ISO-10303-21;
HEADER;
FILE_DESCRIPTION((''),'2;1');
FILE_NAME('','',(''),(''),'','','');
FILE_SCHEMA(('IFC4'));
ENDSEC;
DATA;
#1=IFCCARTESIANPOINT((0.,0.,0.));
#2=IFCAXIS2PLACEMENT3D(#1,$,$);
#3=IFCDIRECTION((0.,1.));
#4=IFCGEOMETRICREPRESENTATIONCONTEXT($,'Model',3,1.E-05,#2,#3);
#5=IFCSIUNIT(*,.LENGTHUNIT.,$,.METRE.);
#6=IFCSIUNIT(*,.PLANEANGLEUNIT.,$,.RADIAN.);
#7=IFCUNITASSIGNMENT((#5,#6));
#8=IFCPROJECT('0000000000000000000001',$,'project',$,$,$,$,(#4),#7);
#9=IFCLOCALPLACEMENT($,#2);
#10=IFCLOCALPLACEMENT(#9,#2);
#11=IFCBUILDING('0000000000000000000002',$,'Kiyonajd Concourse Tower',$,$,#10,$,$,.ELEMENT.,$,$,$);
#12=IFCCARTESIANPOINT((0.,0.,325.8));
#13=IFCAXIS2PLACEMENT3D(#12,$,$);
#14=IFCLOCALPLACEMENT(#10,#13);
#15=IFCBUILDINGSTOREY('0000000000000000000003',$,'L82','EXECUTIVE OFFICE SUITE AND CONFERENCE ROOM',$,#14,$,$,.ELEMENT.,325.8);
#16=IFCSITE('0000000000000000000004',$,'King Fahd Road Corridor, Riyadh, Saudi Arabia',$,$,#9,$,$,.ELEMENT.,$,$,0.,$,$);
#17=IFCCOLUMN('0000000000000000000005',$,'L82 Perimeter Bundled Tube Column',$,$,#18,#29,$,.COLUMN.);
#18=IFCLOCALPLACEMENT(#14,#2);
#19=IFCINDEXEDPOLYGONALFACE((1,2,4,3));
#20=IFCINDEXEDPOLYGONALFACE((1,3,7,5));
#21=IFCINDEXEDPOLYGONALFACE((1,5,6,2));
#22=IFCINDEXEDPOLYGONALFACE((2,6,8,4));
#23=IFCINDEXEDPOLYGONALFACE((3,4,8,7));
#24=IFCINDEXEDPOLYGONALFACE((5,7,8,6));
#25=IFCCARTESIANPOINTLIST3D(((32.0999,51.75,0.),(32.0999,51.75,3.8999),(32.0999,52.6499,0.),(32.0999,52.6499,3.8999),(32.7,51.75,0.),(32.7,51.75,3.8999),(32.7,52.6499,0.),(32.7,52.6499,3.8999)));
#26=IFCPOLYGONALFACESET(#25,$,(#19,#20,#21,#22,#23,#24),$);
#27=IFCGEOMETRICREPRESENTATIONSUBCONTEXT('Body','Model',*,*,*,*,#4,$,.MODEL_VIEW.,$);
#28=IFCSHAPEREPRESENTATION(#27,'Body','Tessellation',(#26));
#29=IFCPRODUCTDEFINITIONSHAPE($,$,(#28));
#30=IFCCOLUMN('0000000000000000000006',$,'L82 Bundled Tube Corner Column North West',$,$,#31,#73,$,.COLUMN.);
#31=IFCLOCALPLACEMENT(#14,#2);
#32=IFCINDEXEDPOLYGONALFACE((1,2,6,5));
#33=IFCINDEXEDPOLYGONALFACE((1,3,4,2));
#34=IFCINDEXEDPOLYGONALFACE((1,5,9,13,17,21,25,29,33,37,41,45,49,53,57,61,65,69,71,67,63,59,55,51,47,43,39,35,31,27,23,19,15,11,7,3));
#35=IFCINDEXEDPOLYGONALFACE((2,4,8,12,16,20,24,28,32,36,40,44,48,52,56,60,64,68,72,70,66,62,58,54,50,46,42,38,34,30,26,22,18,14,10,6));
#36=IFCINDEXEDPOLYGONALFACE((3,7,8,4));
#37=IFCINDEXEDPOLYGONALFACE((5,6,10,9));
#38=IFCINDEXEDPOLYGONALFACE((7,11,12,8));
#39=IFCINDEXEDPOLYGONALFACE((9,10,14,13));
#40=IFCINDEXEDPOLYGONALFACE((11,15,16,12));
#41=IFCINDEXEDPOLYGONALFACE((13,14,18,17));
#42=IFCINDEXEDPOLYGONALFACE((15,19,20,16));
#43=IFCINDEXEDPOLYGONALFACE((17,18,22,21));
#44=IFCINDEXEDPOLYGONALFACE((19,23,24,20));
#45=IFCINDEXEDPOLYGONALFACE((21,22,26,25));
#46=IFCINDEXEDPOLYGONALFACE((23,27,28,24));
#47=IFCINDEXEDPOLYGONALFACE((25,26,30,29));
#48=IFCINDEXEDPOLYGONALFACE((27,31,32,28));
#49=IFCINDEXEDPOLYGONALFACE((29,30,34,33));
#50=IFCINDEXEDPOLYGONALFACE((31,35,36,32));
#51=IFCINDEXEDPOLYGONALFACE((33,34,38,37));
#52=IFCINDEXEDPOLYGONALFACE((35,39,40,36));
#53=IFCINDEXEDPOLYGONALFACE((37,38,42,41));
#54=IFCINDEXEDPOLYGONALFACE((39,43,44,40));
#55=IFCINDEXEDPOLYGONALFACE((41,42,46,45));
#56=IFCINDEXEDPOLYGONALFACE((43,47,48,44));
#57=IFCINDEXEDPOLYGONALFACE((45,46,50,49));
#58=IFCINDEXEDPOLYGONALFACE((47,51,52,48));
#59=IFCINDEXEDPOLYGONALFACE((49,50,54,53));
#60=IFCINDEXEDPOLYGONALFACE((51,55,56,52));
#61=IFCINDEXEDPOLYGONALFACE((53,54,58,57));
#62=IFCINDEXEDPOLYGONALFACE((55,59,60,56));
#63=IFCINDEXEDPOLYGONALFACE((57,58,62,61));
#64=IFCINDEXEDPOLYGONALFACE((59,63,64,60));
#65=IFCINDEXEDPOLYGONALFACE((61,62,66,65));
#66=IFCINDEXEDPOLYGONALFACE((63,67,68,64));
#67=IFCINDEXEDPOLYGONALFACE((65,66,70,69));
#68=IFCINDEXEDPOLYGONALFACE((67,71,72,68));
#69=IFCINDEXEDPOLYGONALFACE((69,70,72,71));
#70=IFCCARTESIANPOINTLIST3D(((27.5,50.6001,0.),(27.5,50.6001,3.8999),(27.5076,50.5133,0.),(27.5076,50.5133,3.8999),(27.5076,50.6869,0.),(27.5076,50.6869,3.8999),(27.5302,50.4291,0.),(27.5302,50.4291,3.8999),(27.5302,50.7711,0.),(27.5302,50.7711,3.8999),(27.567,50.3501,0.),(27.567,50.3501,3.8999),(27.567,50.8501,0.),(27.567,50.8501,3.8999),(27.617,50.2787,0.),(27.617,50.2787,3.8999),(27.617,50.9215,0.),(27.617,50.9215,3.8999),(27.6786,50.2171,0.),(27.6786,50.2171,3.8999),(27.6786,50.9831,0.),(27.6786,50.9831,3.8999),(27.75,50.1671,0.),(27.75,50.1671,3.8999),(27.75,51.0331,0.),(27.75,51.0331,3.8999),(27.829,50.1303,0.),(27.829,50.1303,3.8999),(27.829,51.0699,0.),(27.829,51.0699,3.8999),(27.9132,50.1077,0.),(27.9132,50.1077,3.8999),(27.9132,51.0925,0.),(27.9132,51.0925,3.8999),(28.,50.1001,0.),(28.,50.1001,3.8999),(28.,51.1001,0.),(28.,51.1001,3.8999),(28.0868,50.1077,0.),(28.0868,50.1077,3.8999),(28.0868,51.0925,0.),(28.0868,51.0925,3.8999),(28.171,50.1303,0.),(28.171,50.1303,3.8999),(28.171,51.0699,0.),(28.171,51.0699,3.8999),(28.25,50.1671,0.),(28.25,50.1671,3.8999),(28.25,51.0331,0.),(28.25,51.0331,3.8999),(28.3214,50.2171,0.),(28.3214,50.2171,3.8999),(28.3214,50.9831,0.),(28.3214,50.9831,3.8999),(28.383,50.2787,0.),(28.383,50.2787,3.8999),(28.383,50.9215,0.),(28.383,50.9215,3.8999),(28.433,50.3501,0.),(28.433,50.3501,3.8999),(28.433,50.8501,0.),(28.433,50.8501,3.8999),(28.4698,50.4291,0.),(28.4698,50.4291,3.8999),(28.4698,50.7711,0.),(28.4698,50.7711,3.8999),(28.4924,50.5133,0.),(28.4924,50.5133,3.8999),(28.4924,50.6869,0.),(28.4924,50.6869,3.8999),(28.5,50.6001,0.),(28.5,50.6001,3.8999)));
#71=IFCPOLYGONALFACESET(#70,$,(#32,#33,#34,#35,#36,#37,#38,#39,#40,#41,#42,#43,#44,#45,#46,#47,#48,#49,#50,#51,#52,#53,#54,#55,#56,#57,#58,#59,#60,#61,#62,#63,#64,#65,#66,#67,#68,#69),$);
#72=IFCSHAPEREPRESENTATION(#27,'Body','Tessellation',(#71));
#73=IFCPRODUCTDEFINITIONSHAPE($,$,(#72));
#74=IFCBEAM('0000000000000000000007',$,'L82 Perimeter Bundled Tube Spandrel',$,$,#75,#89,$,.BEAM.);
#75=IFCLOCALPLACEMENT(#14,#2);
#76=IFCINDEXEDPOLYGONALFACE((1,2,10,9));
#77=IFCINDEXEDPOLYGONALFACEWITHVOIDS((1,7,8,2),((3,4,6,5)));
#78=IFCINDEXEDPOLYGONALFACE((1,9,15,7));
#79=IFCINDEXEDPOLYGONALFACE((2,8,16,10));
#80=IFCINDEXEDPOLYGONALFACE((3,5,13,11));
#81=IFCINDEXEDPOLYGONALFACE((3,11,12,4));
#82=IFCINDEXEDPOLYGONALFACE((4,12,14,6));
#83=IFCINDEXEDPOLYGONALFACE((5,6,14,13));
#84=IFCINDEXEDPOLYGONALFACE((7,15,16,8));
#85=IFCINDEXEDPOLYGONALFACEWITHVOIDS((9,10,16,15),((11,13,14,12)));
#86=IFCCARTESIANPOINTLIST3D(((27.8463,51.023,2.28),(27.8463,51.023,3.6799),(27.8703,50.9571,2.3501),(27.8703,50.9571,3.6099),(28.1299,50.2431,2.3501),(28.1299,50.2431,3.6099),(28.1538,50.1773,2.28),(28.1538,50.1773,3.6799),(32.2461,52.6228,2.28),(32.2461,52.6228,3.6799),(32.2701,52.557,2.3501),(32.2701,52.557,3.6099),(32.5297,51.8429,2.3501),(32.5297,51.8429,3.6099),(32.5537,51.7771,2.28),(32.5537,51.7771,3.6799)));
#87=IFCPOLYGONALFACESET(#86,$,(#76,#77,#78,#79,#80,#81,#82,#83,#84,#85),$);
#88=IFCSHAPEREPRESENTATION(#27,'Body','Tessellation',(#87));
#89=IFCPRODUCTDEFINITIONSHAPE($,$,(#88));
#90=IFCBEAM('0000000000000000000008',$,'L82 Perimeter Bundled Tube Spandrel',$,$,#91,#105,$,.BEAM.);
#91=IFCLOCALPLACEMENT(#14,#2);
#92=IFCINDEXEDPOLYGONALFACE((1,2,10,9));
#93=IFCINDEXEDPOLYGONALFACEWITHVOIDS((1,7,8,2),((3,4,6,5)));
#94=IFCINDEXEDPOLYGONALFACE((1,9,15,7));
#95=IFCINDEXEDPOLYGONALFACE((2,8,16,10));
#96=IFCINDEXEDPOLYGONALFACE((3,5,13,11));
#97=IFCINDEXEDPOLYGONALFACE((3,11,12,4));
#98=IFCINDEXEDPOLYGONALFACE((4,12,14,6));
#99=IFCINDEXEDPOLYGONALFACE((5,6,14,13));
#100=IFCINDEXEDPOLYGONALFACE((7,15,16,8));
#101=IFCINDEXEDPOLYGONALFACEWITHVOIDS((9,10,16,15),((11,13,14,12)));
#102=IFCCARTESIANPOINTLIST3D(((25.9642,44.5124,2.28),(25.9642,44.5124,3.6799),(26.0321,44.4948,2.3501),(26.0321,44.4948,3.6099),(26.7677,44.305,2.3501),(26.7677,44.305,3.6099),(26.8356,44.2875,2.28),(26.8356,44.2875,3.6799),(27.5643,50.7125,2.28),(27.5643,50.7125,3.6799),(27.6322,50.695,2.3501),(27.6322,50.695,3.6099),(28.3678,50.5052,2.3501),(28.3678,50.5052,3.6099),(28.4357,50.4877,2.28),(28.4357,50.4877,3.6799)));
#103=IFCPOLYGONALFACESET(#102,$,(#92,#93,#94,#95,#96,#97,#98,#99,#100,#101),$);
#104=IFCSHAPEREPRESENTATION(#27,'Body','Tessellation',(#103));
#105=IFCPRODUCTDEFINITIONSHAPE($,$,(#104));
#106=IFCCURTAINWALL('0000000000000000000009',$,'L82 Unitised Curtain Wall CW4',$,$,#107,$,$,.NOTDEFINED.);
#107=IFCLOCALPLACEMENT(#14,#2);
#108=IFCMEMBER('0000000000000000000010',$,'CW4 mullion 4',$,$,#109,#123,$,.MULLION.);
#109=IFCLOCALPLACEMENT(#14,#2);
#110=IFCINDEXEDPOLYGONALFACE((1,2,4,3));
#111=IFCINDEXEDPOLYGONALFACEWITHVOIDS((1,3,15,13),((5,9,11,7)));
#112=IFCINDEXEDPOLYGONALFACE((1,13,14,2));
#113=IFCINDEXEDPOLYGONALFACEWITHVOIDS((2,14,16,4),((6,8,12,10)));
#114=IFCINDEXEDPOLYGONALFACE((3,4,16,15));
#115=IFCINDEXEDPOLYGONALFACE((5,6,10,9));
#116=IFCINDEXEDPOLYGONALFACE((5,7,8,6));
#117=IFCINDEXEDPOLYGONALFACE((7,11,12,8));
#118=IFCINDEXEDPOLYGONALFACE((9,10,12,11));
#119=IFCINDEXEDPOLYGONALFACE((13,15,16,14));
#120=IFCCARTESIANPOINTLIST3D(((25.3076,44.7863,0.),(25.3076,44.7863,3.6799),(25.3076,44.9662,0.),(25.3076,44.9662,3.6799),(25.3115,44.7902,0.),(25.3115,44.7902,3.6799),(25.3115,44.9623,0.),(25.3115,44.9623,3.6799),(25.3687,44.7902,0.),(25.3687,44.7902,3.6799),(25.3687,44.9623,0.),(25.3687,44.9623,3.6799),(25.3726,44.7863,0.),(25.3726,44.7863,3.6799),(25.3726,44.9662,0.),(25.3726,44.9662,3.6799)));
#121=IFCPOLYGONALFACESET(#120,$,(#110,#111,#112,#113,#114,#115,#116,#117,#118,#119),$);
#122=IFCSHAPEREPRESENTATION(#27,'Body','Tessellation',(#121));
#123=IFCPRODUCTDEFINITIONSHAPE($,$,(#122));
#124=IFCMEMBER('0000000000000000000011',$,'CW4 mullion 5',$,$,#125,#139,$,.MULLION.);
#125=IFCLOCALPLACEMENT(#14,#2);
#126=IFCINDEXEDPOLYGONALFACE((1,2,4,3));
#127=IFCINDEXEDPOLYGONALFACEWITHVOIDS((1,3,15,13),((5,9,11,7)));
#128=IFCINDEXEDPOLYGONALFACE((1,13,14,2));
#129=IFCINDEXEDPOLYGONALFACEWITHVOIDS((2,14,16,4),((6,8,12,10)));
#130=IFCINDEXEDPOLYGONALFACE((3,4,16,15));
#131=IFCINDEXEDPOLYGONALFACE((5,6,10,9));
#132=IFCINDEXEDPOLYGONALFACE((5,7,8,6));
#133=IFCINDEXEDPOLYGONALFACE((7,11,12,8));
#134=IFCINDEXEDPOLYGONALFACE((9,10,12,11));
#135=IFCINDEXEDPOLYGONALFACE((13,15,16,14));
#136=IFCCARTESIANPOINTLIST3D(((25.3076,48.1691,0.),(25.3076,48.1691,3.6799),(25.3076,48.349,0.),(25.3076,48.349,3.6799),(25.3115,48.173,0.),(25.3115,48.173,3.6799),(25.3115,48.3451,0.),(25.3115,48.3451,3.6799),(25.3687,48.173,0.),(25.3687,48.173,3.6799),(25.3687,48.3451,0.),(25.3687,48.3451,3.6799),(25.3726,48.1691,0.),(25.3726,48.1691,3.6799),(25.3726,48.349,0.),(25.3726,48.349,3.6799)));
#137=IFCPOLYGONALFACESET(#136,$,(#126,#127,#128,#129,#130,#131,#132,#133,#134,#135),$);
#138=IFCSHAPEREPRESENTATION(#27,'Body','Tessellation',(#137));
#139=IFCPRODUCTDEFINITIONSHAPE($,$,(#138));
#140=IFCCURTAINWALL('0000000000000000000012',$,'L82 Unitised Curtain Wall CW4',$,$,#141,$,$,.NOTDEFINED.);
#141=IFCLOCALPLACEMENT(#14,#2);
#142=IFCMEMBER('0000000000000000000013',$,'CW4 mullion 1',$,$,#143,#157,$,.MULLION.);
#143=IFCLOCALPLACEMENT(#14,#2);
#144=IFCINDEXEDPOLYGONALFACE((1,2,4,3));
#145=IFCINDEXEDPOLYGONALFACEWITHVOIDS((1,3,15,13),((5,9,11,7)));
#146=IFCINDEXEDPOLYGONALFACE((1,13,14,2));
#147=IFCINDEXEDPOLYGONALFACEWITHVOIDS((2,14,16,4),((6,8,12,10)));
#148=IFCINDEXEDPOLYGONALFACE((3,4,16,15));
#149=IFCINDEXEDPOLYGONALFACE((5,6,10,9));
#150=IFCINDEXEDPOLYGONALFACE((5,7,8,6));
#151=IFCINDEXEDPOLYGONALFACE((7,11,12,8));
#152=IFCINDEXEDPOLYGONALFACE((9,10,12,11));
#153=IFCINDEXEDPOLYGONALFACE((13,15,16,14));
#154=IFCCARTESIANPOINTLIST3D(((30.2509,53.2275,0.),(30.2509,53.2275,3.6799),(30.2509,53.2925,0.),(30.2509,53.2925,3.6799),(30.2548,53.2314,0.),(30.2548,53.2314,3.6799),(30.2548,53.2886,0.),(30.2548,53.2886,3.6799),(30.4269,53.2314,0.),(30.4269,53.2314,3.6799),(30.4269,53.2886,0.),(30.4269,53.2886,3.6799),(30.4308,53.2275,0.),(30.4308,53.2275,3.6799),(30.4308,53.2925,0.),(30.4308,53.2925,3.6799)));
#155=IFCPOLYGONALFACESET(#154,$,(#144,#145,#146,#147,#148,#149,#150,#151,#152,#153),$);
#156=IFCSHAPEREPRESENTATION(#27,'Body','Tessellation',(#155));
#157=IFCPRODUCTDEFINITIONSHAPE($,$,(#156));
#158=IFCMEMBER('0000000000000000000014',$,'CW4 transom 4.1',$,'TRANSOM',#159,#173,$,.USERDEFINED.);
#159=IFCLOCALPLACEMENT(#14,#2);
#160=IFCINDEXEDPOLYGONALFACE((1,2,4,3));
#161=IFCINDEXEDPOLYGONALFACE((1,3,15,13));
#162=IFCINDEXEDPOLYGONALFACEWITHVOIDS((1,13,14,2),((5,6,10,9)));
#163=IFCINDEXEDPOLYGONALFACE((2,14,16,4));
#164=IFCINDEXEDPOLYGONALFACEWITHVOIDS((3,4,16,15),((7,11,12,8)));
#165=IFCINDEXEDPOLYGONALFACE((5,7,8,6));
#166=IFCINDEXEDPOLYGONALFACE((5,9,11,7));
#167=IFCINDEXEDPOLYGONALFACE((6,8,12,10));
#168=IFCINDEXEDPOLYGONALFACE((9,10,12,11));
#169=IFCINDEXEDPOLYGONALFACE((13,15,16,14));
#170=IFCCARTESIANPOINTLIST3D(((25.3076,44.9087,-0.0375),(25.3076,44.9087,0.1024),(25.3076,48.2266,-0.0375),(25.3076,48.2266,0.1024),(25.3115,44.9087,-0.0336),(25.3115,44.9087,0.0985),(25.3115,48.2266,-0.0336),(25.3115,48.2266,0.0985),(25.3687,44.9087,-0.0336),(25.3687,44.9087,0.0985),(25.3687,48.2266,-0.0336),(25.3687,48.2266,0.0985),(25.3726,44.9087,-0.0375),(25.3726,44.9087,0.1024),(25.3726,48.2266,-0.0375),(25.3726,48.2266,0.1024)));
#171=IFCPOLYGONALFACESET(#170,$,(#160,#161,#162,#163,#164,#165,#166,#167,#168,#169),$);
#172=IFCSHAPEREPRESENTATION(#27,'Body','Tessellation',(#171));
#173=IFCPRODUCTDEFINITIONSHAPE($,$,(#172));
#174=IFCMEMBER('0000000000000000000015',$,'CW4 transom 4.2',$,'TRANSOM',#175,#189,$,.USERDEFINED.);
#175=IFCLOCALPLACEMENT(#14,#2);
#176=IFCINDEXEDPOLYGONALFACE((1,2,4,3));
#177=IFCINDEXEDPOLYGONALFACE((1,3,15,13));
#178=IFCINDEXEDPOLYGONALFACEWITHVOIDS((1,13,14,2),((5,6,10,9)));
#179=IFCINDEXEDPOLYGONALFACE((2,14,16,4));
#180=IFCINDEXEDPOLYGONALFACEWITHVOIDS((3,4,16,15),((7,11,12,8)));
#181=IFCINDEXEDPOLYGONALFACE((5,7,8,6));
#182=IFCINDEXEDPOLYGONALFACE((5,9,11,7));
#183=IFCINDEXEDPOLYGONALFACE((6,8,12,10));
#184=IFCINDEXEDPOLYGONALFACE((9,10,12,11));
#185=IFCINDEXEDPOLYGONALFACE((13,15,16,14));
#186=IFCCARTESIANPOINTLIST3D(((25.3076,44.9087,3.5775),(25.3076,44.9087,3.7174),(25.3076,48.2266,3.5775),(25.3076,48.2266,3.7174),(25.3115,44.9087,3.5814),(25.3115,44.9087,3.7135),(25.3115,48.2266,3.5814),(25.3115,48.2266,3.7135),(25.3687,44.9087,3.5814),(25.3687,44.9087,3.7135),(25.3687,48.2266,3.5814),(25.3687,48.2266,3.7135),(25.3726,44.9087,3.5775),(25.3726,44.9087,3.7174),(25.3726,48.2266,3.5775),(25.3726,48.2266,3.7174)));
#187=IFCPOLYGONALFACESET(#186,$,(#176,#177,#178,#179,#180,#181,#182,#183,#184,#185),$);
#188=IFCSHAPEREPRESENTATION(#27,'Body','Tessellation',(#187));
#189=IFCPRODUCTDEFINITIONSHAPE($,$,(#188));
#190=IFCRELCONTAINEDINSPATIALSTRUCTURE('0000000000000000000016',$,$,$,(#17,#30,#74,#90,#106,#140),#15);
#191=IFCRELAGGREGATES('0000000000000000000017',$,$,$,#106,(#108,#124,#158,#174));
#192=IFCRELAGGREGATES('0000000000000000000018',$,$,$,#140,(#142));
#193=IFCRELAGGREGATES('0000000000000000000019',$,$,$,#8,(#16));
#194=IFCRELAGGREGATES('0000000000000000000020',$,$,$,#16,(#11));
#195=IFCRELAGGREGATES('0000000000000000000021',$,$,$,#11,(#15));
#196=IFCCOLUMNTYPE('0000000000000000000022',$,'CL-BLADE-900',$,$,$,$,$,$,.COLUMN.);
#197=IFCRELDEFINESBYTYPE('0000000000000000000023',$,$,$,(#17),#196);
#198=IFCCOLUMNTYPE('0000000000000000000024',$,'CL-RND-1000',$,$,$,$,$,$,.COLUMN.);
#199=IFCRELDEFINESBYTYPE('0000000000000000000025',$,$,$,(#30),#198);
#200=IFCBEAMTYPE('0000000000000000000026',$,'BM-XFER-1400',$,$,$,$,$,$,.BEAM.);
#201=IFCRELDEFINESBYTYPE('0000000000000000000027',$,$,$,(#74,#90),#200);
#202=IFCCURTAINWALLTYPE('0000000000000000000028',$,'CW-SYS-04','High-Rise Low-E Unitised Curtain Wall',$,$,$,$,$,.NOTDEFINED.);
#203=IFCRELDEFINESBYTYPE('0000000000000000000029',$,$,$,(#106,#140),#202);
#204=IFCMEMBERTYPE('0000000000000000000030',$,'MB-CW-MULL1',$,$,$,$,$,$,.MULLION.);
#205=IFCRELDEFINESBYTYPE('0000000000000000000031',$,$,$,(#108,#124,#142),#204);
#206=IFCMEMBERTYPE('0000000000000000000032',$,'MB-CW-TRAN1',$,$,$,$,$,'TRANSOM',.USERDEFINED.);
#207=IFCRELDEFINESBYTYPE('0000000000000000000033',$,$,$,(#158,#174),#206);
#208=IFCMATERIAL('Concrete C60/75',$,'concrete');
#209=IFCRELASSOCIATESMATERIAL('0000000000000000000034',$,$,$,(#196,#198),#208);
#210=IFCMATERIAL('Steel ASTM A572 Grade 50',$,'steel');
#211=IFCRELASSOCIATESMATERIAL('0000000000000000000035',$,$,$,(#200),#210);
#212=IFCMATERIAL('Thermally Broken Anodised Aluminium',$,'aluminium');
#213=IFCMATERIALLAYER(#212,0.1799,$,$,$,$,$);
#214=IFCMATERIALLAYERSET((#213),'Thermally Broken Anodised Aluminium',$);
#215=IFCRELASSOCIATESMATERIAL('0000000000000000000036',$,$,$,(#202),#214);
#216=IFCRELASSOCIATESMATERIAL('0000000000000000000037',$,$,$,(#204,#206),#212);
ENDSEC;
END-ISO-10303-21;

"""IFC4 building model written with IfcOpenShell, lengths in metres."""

from ifc_helpers import new_model, si_unit, direction, frame, origin, origin_2d, place, context, subcontext, project, spatial, rectangle, hollow_rectangle, circle, extrude, material, layer, layer_set, material_profile, profile_set, type_object, element, aggregate, save


model = new_model("IFC4")

# Units and contexts
model_context = context("Model", 3, precision=1e-05, world=origin(), true_north=direction((0.0, 1.0)))
body_context = subcontext(model_context, "Body", "Model", "MODEL_VIEW")
ifc_project = project(units=[si_unit("LENGTHUNIT", "METRE"), si_unit("PLANEANGLEUNIT", "RADIAN")], contexts=[model_context])

# Site, building, storey
site_placement = place(None, origin())
site = spatial("IfcSite", under=ifc_project, at=site_placement, Name="King Fahd Road Corridor, Riyadh, Saudi Arabia", CompositionType="ELEMENT", RefElevation=0.0)
building_placement = place(site_placement, origin())
building = spatial("IfcBuilding", under=site, at=building_placement, Name="Kiyonajd Concourse Tower", CompositionType="ELEMENT")
storey_placement = place(building_placement, frame((0.0, 0.0, 325.8)))
storey = spatial("IfcBuildingStorey", under=building, at=storey_placement, Name="L82", Description="EXECUTIVE OFFICE SUITE AND CONFERENCE ROOM", CompositionType="ELEMENT", Elevation=325.8)

# Columns
ifc_material_1 = material(Name="Concrete C60/75", Category="concrete")
ifc_material_profile_1 = material_profile(ifc_material_1, rectangle(XDim=0.6001, YDim=0.8999, at=origin_2d()), Name="RC-900x600")
ifc_profile_set_1 = profile_set([ifc_material_profile_1], Name="Concrete C60/75")
column_type_1 = type_object("IfcColumnType", Name="CL-BLADE-900", PredefinedType="COLUMN", material=ifc_profile_set_1)
column_1_placement = place(storey_placement, frame((32.3999, 52.2, 0.0), z_axis=(0.0, 0.0, 1.0), x_axis=(1.0, 0.0, 0.0)))
element("IfcColumn", 1, at=column_1_placement, inside=storey, type_object=column_type_1, Name="L82 Perimeter Bundled Tube Column", PredefinedType="COLUMN", context=body_context, shape_type="SweptSolid", body=[
    extrude(rectangle(XDim=0.6001, YDim=0.8999, at=origin_2d()), origin(), (0.0, 0.0, 1.0), 3.8999),
])
ifc_material_profile_2 = material_profile(ifc_material_1, circle(Radius=0.5, at=origin_2d()), Name="RCC-D1000")
ifc_profile_set_2 = profile_set([ifc_material_profile_2], Name="Concrete C60/75")
column_type_2 = type_object("IfcColumnType", Name="CL-RND-1000", PredefinedType="COLUMN", material=ifc_profile_set_2)
column_2_placement = place(storey_placement, frame((28.0, 50.6001, 0.0), z_axis=(0.0, 0.0, 1.0), x_axis=(1.0, 0.0, 0.0)))
element("IfcColumn", 2, at=column_2_placement, inside=storey, type_object=column_type_2, Name="L82 Bundled Tube Corner Column North West", PredefinedType="COLUMN", context=body_context, shape_type="SweptSolid", body=[
    extrude(circle(Radius=0.5, at=origin_2d()), origin(), (0.0, 0.0, 1.0), 3.8999),
])

# Beams
ifc_material_2 = material(Name="Steel ASTM A572 Grade 50", Category="steel")
ifc_material_profile_3 = material_profile(ifc_material_2, hollow_rectangle(XDim=0.8999, YDim=1.3999, WallThickness=0.0701, at=origin_2d()), Name="BOX-1400x900x70")
ifc_profile_set_3 = profile_set([ifc_material_profile_3], Name="Steel ASTM A572 Grade 50")
beam_type = type_object("IfcBeamType", Name="BM-XFER-1400", PredefinedType="BEAM", material=ifc_profile_set_3)
beam_1_placement = place(storey_placement, frame((32.3999, 52.2, 2.98), z_axis=(-0.939801, -0.341722, 0.0), x_axis=(0.341722, -0.939801, 0.0)))
element("IfcBeam", 3, at=beam_1_placement, inside=storey, type_object=beam_type, Name="L82 Perimeter Bundled Tube Spandrel", PredefinedType="BEAM", context=body_context, shape_type="SweptSolid", body=[
    extrude(hollow_rectangle(XDim=0.8999, YDim=1.3999, WallThickness=0.0701, at=origin_2d()), origin(), (0.0, 0.0, 1.0), 4.6816),
])
beam_2_placement = place(storey_placement, frame((28.0, 50.6001, 2.98), z_axis=(-0.249885, -0.968276, 0.0), x_axis=(0.968276, -0.249885, 0.0)))
element("IfcBeam", 4, at=beam_2_placement, inside=storey, type_object=beam_type, Name="L82 Perimeter Bundled Tube Spandrel", PredefinedType="BEAM", context=body_context, shape_type="SweptSolid", body=[
    extrude(hollow_rectangle(XDim=0.8999, YDim=1.3999, WallThickness=0.0701, at=origin_2d()), origin(), (0.0, 0.0, 1.0), 6.4033),
])

# Curtain wall, members
ifc_material_3 = material(Name="Thermally Broken Anodised Aluminium", Category="aluminium")
ifc_layer_1 = layer(ifc_material_3, 0.1799)
ifc_layer_set_1 = layer_set([ifc_layer_1], Name="Thermally Broken Anodised Aluminium")
curtain_wall_type = type_object("IfcCurtainWallType", Name="CW-SYS-04", Description="High-Rise Low-E Unitised Curtain Wall", PredefinedType="NOTDEFINED", material=ifc_layer_set_1)
curtain_wall_1_placement = place(storey_placement, origin())
curtain_wall_1 = element("IfcCurtainWall", 5, at=curtain_wall_1_placement, inside=storey, type_object=curtain_wall_type, Name="L82 Unitised Curtain Wall CW4", PredefinedType="NOTDEFINED")
ifc_material_profile_4 = material_profile(ifc_material_3, hollow_rectangle(XDim=0.0649, YDim=0.1799, WallThickness=0.0039, at=origin_2d()), Name="MULL-65x180")
ifc_profile_set_4 = profile_set([ifc_material_profile_4], Name="Thermally Broken Anodised Aluminium")
member_type_1 = type_object("IfcMemberType", Name="MB-CW-MULL1", PredefinedType="MULLION", material=ifc_profile_set_4)
member_1_placement = place(storey_placement, frame((25.3401, 44.8762, 0.0), z_axis=(0.0, 0.0, 1.0), x_axis=(-1.0, 0.0, 0.0)))
member_1 = element("IfcMember", 6, at=member_1_placement, type_object=member_type_1, Name="CW4 mullion 4", PredefinedType="MULLION", context=body_context, shape_type="SweptSolid", body=[
    extrude(hollow_rectangle(XDim=0.0649, YDim=0.1799, WallThickness=0.0039, at=origin_2d()), origin(), (0.0, 0.0, 1.0), 3.6799),
])
member_2_placement = place(storey_placement, frame((25.3401, 48.259, 0.0), z_axis=(0.0, 0.0, 1.0), x_axis=(-1.0, 0.0, 0.0)))
member_2 = element("IfcMember", 7, at=member_2_placement, type_object=member_type_1, Name="CW4 mullion 5", PredefinedType="MULLION", context=body_context, shape_type="SweptSolid", body=[
    extrude(hollow_rectangle(XDim=0.0649, YDim=0.1799, WallThickness=0.0039, at=origin_2d()), origin(), (0.0, 0.0, 1.0), 3.6799),
])

# Curtain wall, member
curtain_wall_2_placement = place(storey_placement, origin())
curtain_wall_2 = element("IfcCurtainWall", 8, at=curtain_wall_2_placement, inside=storey, type_object=curtain_wall_type, Name="L82 Unitised Curtain Wall CW4", PredefinedType="NOTDEFINED")
member_3_placement = place(storey_placement, frame((30.3408, 53.26, 0.0), z_axis=(0.0, 0.0, 1.0), x_axis=(0.0, 1.0, 0.0)))
member_3 = element("IfcMember", 9, at=member_3_placement, type_object=member_type_1, Name="CW4 mullion 1", PredefinedType="MULLION", context=body_context, shape_type="SweptSolid", body=[
    extrude(hollow_rectangle(XDim=0.0649, YDim=0.1799, WallThickness=0.0039, at=origin_2d()), origin(), (0.0, 0.0, 1.0), 3.6799),
])

# Members
ifc_material_profile_5 = material_profile(ifc_material_3, hollow_rectangle(XDim=0.0649, YDim=0.1399, WallThickness=0.0039, at=origin_2d()), Name="TRAN-65x140")
ifc_profile_set_5 = profile_set([ifc_material_profile_5], Name="Thermally Broken Anodised Aluminium")
member_type_2 = type_object("IfcMemberType", Name="MB-CW-TRAN1", ElementType="TRANSOM", PredefinedType="USERDEFINED", material=ifc_profile_set_5)
member_4_placement = place(storey_placement, frame((25.3401, 44.9087, 0.0325), z_axis=(0.0, 1.0, 0.0), x_axis=(-1.0, 0.0, 0.0)))
member_4 = element("IfcMember", 10, at=member_4_placement, type_object=member_type_2, Name="CW4 transom 4.1", ObjectType="TRANSOM", PredefinedType="USERDEFINED", context=body_context, shape_type="SweptSolid", body=[
    extrude(hollow_rectangle(XDim=0.0649, YDim=0.1399, WallThickness=0.0039, at=origin_2d()), origin(), (0.0, 0.0, 1.0), 3.3179),
])
member_5_placement = place(storey_placement, frame((25.3401, 44.9087, 3.6475), z_axis=(0.0, 1.0, 0.0), x_axis=(-1.0, 0.0, 0.0)))
member_5 = element("IfcMember", 11, at=member_5_placement, type_object=member_type_2, Name="CW4 transom 4.2", ObjectType="TRANSOM", PredefinedType="USERDEFINED", context=body_context, shape_type="SweptSolid", body=[
    extrude(hollow_rectangle(XDim=0.0649, YDim=0.1399, WallThickness=0.0039, at=origin_2d()), origin(), (0.0, 0.0, 1.0), 3.3179),
])

aggregate(curtain_wall_1, [member_1, member_2, member_4, member_5])
aggregate(curtain_wall_2, [member_3])

save(model, "model.ifc")
